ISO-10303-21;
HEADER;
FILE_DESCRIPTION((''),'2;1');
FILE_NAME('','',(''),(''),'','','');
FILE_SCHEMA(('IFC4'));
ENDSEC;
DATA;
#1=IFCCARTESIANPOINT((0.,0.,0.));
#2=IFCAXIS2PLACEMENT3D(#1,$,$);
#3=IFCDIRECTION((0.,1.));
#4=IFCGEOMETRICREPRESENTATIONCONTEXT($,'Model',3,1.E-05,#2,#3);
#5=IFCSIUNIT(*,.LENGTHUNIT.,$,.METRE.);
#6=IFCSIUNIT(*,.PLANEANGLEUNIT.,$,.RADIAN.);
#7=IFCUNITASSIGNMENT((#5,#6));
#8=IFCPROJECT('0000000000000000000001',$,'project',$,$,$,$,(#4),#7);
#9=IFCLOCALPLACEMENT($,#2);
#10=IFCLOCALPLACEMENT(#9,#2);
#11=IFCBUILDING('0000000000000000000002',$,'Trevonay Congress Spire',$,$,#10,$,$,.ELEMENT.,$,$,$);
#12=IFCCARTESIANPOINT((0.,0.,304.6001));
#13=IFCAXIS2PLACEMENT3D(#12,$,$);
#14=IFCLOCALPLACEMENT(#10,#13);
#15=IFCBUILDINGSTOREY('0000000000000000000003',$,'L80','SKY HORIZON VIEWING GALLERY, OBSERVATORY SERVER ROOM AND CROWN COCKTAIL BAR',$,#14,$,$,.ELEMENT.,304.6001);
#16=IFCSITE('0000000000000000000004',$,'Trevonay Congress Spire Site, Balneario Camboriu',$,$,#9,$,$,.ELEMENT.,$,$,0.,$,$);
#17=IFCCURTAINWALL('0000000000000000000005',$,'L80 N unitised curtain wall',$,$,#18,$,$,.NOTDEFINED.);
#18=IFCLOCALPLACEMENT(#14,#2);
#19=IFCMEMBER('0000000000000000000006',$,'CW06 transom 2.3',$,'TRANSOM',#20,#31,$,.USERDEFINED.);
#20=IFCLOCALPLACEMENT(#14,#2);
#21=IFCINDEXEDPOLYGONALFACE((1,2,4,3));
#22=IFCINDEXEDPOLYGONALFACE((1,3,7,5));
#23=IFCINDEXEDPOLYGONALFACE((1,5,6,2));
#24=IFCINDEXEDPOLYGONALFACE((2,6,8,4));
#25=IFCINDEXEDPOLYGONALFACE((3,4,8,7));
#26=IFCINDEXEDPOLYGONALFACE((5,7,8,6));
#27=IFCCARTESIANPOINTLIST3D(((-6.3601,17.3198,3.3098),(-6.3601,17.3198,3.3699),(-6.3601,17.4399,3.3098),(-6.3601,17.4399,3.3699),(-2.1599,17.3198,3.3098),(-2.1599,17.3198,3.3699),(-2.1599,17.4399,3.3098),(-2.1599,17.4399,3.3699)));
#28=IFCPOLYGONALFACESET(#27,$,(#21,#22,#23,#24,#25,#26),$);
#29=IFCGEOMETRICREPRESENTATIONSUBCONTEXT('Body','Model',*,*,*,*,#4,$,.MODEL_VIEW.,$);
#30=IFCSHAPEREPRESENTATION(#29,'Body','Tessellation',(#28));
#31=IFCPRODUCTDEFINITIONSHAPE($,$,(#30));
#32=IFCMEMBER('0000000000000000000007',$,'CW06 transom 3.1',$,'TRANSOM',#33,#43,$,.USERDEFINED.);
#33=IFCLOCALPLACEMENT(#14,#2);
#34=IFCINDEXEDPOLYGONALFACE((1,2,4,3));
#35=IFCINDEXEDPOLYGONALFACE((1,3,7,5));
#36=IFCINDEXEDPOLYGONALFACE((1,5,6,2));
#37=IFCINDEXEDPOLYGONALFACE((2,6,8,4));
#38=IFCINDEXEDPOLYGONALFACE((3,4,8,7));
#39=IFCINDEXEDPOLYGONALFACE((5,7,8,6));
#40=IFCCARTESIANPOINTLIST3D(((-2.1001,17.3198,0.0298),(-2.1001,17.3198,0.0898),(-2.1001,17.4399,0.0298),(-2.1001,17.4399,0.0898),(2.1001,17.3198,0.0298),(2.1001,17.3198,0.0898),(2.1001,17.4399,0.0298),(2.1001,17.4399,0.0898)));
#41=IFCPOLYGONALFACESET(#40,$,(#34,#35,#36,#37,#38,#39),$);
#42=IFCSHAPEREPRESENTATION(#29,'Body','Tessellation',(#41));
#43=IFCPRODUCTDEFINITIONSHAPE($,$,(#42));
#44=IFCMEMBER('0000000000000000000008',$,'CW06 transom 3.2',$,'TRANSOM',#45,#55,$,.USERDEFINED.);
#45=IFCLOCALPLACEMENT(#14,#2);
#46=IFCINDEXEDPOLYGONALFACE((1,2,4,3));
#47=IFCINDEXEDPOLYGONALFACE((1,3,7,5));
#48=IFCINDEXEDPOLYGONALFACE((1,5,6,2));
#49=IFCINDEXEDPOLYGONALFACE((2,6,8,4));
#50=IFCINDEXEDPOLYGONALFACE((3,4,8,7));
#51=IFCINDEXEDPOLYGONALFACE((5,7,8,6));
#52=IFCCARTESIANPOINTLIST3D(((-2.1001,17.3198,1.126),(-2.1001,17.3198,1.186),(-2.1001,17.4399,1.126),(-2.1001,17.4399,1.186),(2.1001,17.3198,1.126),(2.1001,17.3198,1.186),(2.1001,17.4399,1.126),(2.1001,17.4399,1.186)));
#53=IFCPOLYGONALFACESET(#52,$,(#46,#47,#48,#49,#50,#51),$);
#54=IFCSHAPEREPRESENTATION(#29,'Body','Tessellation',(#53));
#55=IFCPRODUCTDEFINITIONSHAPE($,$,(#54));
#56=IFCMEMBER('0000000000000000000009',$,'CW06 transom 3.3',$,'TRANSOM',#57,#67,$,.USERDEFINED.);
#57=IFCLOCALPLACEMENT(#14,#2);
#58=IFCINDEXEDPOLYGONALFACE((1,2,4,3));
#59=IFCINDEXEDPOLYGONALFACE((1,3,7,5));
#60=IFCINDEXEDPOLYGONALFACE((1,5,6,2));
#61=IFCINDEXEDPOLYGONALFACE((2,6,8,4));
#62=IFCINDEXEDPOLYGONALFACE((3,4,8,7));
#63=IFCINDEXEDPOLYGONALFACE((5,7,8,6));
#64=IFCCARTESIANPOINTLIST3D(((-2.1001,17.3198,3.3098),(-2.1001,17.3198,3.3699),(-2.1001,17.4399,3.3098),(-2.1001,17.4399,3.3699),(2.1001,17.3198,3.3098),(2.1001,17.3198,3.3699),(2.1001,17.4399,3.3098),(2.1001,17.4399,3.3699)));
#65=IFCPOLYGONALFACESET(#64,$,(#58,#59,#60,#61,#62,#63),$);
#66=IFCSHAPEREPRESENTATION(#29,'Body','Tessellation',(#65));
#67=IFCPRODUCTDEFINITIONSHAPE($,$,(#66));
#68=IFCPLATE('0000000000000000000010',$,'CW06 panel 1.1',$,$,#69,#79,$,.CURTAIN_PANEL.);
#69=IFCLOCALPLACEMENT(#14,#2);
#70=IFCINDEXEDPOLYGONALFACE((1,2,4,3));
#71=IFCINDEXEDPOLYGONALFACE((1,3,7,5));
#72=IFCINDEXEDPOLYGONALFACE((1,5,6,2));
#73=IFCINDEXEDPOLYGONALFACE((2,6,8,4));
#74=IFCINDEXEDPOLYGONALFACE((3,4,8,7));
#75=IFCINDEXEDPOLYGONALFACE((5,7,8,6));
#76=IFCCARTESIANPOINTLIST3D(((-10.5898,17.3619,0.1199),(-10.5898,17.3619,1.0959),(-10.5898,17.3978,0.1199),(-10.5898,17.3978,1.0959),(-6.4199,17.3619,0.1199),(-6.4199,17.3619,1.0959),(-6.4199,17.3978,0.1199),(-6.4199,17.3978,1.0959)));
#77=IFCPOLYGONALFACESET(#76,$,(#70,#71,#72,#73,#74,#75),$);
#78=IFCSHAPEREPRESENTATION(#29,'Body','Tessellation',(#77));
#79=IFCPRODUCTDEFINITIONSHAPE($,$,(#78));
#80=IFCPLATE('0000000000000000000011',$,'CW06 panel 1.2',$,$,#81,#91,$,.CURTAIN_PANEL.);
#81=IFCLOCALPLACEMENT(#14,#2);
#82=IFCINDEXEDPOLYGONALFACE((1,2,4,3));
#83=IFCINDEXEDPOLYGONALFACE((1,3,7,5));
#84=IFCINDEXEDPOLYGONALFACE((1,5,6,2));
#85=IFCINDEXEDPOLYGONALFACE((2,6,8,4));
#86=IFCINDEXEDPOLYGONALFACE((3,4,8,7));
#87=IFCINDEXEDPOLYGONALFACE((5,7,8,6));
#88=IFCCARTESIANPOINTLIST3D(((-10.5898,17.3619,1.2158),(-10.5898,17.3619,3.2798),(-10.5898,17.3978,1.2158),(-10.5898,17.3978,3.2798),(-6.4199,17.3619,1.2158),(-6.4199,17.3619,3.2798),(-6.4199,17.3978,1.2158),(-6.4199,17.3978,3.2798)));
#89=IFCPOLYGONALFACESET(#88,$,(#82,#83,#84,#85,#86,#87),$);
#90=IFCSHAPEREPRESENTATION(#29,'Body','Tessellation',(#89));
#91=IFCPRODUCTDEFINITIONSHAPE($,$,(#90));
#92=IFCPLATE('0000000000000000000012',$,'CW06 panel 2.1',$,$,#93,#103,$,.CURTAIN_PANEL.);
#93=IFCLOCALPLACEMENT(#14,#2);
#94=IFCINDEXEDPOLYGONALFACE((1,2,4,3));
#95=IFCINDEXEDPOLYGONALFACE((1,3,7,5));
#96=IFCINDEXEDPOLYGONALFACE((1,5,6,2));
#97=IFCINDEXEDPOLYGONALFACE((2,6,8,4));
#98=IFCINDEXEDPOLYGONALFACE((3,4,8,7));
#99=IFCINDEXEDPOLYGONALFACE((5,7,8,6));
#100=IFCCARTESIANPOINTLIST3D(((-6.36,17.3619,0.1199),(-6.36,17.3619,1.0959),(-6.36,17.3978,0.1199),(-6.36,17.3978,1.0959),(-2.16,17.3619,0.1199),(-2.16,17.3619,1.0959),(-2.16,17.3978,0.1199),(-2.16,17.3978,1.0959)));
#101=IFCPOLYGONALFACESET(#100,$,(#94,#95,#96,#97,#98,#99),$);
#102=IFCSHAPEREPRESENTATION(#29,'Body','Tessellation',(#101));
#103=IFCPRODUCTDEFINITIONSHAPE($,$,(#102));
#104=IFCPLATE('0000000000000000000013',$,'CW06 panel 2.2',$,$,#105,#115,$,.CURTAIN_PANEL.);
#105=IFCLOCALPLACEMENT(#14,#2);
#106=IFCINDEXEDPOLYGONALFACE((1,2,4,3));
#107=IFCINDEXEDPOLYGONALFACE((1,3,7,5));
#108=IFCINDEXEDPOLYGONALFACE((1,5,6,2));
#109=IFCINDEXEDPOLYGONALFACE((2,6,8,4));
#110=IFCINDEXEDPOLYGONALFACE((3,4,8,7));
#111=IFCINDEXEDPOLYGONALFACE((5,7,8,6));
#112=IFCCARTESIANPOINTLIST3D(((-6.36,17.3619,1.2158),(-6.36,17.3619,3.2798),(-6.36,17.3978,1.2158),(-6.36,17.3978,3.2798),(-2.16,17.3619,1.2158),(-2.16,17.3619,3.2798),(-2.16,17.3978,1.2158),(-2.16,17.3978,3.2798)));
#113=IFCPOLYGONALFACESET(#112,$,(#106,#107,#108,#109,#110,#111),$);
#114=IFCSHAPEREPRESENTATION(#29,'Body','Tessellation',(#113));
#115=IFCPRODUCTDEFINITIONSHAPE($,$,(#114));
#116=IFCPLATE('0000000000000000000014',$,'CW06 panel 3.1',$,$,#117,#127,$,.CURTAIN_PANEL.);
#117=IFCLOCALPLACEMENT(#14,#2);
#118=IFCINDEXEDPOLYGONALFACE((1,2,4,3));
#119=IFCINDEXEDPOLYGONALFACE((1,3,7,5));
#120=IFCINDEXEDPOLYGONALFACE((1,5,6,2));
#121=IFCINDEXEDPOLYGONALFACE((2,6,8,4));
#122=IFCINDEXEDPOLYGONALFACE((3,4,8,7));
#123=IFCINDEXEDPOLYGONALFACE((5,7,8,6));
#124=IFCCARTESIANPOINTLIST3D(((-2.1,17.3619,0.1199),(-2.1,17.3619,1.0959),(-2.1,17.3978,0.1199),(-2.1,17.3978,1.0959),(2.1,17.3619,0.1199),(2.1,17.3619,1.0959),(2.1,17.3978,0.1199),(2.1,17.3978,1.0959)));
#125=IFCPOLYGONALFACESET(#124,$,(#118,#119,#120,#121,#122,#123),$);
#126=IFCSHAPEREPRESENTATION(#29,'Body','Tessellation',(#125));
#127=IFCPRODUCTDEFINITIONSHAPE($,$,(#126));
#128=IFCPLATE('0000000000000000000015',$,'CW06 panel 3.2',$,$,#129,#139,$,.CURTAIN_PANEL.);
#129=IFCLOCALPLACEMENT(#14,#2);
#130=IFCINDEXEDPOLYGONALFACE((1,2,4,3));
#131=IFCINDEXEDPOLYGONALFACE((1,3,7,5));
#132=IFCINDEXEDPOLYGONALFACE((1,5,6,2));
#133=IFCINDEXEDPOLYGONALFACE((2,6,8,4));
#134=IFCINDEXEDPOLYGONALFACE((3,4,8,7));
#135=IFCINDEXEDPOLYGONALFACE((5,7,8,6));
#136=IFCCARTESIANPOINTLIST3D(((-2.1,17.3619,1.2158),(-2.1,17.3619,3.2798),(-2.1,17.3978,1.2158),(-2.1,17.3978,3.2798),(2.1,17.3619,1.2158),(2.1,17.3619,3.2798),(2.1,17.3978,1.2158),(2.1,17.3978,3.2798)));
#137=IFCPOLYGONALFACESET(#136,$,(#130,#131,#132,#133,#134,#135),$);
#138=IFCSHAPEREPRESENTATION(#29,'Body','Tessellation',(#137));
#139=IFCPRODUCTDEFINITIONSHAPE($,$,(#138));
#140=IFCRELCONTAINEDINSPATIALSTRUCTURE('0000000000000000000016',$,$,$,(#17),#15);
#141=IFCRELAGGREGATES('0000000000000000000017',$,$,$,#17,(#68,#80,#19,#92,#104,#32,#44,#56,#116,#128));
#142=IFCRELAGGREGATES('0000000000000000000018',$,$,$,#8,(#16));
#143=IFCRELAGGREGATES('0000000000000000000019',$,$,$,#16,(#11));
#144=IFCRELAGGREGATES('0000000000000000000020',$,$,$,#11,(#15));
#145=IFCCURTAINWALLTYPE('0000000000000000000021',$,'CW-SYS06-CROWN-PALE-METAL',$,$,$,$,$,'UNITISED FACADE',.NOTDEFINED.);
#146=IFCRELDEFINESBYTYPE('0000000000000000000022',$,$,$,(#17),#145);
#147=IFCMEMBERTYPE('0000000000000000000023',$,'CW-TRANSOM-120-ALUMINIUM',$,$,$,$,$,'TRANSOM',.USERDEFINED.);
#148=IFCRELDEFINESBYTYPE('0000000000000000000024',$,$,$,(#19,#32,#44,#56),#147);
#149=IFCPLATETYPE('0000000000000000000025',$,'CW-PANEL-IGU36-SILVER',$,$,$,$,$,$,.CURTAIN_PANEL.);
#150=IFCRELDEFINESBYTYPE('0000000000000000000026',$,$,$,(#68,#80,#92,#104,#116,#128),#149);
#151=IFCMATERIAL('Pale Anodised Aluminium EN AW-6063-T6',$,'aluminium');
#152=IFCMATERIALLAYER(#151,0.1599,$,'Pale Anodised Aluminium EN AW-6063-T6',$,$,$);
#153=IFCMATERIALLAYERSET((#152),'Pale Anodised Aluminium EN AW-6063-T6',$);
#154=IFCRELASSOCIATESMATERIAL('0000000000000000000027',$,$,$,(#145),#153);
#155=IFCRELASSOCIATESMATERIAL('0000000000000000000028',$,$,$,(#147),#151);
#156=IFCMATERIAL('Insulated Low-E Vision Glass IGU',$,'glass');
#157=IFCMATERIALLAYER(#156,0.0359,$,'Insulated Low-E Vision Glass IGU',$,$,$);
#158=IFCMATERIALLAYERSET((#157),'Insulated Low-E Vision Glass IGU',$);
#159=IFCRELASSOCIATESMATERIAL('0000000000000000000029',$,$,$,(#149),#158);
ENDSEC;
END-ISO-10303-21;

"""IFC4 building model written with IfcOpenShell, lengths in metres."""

from ifc_helpers import new_model, si_unit, direction, frame, origin, origin_2d, place, context, subcontext, project, spatial, rectangle, extrude, material, layer, layer_set, material_profile, profile_set, type_object, element, aggregate, save


model = new_model("IFC4")

# Units and contexts
model_context = context("Model", 3, precision=1e-05, world=origin(), true_north=direction((0.0, 1.0)))
body_context = subcontext(model_context, "Body", "Model", "MODEL_VIEW")
ifc_project = project(units=[si_unit("LENGTHUNIT", "METRE"), si_unit("PLANEANGLEUNIT", "RADIAN")], contexts=[model_context])

# Site, building, storey
site_placement = place(None, origin())
site = spatial("IfcSite", under=ifc_project, at=site_placement, Name="Trevonay Congress Spire Site, Balneario Camboriu", CompositionType="ELEMENT", RefElevation=0.0)
building_placement = place(site_placement, origin())
building = spatial("IfcBuilding", under=site, at=building_placement, Name="Trevonay Congress Spire", CompositionType="ELEMENT")
storey_placement = place(building_placement, frame((0.0, 0.0, 304.6001)))
storey = spatial("IfcBuildingStorey", under=building, at=storey_placement, Name="L80", Description="SKY HORIZON VIEWING GALLERY, OBSERVATORY SERVER ROOM AND CROWN COCKTAIL BAR", CompositionType="ELEMENT", Elevation=304.6001)

# Curtain wall, members, plates
ifc_material_1 = material(Name="Pale Anodised Aluminium EN AW-6063-T6", Category="aluminium")
ifc_layer_1 = layer(ifc_material_1, 0.1599, Name="Pale Anodised Aluminium EN AW-6063-T6")
ifc_layer_set_1 = layer_set([ifc_layer_1], Name="Pale Anodised Aluminium EN AW-6063-T6")
curtain_wall_type = type_object("IfcCurtainWallType", Name="CW-SYS06-CROWN-PALE-METAL", ElementType="UNITISED FACADE", PredefinedType="NOTDEFINED", material=ifc_layer_set_1)
curtain_wall_placement = place(storey_placement, origin())
curtain_wall = element("IfcCurtainWall", 1, at=curtain_wall_placement, inside=storey, type_object=curtain_wall_type, Name="L80 N unitised curtain wall", PredefinedType="NOTDEFINED")
ifc_material_profile_1 = material_profile(ifc_material_1, rectangle(XDim=0.1201, YDim=0.0601, at=origin_2d()), Name="CW-TRANSOM-120-ALUMINIUM")
ifc_profile_set_1 = profile_set([ifc_material_profile_1], Name="Pale Anodised Aluminium EN AW-6063-T6")
member_type_1 = type_object("IfcMemberType", Name="CW-TRANSOM-120-ALUMINIUM", ElementType="TRANSOM", PredefinedType="USERDEFINED", material=ifc_profile_set_1)
member_1_placement = place(storey_placement, frame((-6.3601, 17.3799, 3.3398), z_axis=(1.0, 0.0, 0.0), x_axis=(0.0, 1.0, 0.0)))
member_1 = element("IfcMember", 2, at=member_1_placement, type_object=member_type_1, Name="CW06 transom 2.3", ObjectType="TRANSOM", PredefinedType="USERDEFINED", context=body_context, shape_type="SweptSolid", body=[
    extrude(rectangle(XDim=0.1201, YDim=0.0601, at=origin_2d()), origin(), (0.0, 0.0, 1.0), 4.2002),
])
member_2_placement = place(storey_placement, frame((-2.1001, 17.3799, 0.0598), z_axis=(1.0, 0.0, 0.0), x_axis=(0.0, 1.0, 0.0)))
member_2 = element("IfcMember", 3, at=member_2_placement, type_object=member_type_1, Name="CW06 transom 3.1", ObjectType="TRANSOM", PredefinedType="USERDEFINED", context=body_context, shape_type="SweptSolid", body=[
    extrude(rectangle(XDim=0.1201, YDim=0.0601, at=origin_2d()), origin(), (0.0, 0.0, 1.0), 4.2002),
])
member_3_placement = place(storey_placement, frame((-2.1001, 17.3799, 1.156), z_axis=(1.0, 0.0, 0.0), x_axis=(0.0, 1.0, 0.0)))
member_3 = element("IfcMember", 4, at=member_3_placement, type_object=member_type_1, Name="CW06 transom 3.2", ObjectType="TRANSOM", PredefinedType="USERDEFINED", context=body_context, shape_type="SweptSolid", body=[
    extrude(rectangle(XDim=0.1201, YDim=0.0601, at=origin_2d()), origin(), (0.0, 0.0, 1.0), 4.2002),
])
member_4_placement = place(storey_placement, frame((-2.1001, 17.3799, 3.3398), z_axis=(1.0, 0.0, 0.0), x_axis=(0.0, 1.0, 0.0)))
member_4 = element("IfcMember", 5, at=member_4_placement, type_object=member_type_1, Name="CW06 transom 3.3", ObjectType="TRANSOM", PredefinedType="USERDEFINED", context=body_context, shape_type="SweptSolid", body=[
    extrude(rectangle(XDim=0.1201, YDim=0.0601, at=origin_2d()), origin(), (0.0, 0.0, 1.0), 4.2002),
])
ifc_material_2 = material(Name="Insulated Low-E Vision Glass IGU", Category="glass")
ifc_layer_2 = layer(ifc_material_2, 0.0359, Name="Insulated Low-E Vision Glass IGU")
ifc_layer_set_2 = layer_set([ifc_layer_2], Name="Insulated Low-E Vision Glass IGU")
plate_type = type_object("IfcPlateType", Name="CW-PANEL-IGU36-SILVER", PredefinedType="CURTAIN_PANEL", material=ifc_layer_set_2)
plate_1_placement = place(storey_placement, frame((-8.5049, 17.3799, 0.1199), z_axis=(0.0, 0.0, 1.0), x_axis=(1.0, 0.0, 0.0)))
plate_1 = element("IfcPlate", 6, at=plate_1_placement, type_object=plate_type, Name="CW06 panel 1.1", PredefinedType="CURTAIN_PANEL", context=body_context, shape_type="SweptSolid", body=[
    extrude(rectangle(XDim=4.1699, YDim=0.0359, at=origin_2d()), origin(), (0.0, 0.0, 1.0), 0.9761),
])
plate_2_placement = place(storey_placement, frame((-8.5049, 17.3799, 1.2158), z_axis=(0.0, 0.0, 1.0), x_axis=(1.0, 0.0, 0.0)))
plate_2 = element("IfcPlate", 7, at=plate_2_placement, type_object=plate_type, Name="CW06 panel 1.2", PredefinedType="CURTAIN_PANEL", context=body_context, shape_type="SweptSolid", body=[
    extrude(rectangle(XDim=4.1699, YDim=0.0359, at=origin_2d()), origin(), (0.0, 0.0, 1.0), 2.064),
])
plate_3_placement = place(storey_placement, frame((-4.26, 17.3799, 0.1199), z_axis=(0.0, 0.0, 1.0), x_axis=(1.0, 0.0, 0.0)))
plate_3 = element("IfcPlate", 8, at=plate_3_placement, type_object=plate_type, Name="CW06 panel 2.1", PredefinedType="CURTAIN_PANEL", context=body_context, shape_type="SweptSolid", body=[
    extrude(rectangle(XDim=4.2, YDim=0.0359, at=origin_2d()), origin(), (0.0, 0.0, 1.0), 0.9761),
])
plate_4_placement = place(storey_placement, frame((-4.26, 17.3799, 1.2158), z_axis=(0.0, 0.0, 1.0), x_axis=(1.0, 0.0, 0.0)))
plate_4 = element("IfcPlate", 9, at=plate_4_placement, type_object=plate_type, Name="CW06 panel 2.2", PredefinedType="CURTAIN_PANEL", context=body_context, shape_type="SweptSolid", body=[
    extrude(rectangle(XDim=4.2, YDim=0.0359, at=origin_2d()), origin(), (0.0, 0.0, 1.0), 2.064),
])
plate_5_placement = place(storey_placement, frame((0.0, 17.3799, 0.1199), z_axis=(0.0, 0.0, 1.0), x_axis=(1.0, 0.0, 0.0)))
plate_5 = element("IfcPlate", 10, at=plate_5_placement, type_object=plate_type, Name="CW06 panel 3.1", PredefinedType="CURTAIN_PANEL", context=body_context, shape_type="SweptSolid", body=[
    extrude(rectangle(XDim=4.2, YDim=0.0359, at=origin_2d()), origin(), (0.0, 0.0, 1.0), 0.9761),
])
plate_6_placement = place(storey_placement, frame((0.0, 17.3799, 1.2158), z_axis=(0.0, 0.0, 1.0), x_axis=(1.0, 0.0, 0.0)))
plate_6 = element("IfcPlate", 11, at=plate_6_placement, type_object=plate_type, Name="CW06 panel 3.2", PredefinedType="CURTAIN_PANEL", context=body_context, shape_type="SweptSolid", body=[
    extrude(rectangle(XDim=4.2, YDim=0.0359, at=origin_2d()), origin(), (0.0, 0.0, 1.0), 2.064),
])
aggregate(curtain_wall, [plate_1, plate_2, member_1, plate_3, plate_4, member_2, member_3, member_4, plate_5, plate_6])

save(model, "model.ifc")
